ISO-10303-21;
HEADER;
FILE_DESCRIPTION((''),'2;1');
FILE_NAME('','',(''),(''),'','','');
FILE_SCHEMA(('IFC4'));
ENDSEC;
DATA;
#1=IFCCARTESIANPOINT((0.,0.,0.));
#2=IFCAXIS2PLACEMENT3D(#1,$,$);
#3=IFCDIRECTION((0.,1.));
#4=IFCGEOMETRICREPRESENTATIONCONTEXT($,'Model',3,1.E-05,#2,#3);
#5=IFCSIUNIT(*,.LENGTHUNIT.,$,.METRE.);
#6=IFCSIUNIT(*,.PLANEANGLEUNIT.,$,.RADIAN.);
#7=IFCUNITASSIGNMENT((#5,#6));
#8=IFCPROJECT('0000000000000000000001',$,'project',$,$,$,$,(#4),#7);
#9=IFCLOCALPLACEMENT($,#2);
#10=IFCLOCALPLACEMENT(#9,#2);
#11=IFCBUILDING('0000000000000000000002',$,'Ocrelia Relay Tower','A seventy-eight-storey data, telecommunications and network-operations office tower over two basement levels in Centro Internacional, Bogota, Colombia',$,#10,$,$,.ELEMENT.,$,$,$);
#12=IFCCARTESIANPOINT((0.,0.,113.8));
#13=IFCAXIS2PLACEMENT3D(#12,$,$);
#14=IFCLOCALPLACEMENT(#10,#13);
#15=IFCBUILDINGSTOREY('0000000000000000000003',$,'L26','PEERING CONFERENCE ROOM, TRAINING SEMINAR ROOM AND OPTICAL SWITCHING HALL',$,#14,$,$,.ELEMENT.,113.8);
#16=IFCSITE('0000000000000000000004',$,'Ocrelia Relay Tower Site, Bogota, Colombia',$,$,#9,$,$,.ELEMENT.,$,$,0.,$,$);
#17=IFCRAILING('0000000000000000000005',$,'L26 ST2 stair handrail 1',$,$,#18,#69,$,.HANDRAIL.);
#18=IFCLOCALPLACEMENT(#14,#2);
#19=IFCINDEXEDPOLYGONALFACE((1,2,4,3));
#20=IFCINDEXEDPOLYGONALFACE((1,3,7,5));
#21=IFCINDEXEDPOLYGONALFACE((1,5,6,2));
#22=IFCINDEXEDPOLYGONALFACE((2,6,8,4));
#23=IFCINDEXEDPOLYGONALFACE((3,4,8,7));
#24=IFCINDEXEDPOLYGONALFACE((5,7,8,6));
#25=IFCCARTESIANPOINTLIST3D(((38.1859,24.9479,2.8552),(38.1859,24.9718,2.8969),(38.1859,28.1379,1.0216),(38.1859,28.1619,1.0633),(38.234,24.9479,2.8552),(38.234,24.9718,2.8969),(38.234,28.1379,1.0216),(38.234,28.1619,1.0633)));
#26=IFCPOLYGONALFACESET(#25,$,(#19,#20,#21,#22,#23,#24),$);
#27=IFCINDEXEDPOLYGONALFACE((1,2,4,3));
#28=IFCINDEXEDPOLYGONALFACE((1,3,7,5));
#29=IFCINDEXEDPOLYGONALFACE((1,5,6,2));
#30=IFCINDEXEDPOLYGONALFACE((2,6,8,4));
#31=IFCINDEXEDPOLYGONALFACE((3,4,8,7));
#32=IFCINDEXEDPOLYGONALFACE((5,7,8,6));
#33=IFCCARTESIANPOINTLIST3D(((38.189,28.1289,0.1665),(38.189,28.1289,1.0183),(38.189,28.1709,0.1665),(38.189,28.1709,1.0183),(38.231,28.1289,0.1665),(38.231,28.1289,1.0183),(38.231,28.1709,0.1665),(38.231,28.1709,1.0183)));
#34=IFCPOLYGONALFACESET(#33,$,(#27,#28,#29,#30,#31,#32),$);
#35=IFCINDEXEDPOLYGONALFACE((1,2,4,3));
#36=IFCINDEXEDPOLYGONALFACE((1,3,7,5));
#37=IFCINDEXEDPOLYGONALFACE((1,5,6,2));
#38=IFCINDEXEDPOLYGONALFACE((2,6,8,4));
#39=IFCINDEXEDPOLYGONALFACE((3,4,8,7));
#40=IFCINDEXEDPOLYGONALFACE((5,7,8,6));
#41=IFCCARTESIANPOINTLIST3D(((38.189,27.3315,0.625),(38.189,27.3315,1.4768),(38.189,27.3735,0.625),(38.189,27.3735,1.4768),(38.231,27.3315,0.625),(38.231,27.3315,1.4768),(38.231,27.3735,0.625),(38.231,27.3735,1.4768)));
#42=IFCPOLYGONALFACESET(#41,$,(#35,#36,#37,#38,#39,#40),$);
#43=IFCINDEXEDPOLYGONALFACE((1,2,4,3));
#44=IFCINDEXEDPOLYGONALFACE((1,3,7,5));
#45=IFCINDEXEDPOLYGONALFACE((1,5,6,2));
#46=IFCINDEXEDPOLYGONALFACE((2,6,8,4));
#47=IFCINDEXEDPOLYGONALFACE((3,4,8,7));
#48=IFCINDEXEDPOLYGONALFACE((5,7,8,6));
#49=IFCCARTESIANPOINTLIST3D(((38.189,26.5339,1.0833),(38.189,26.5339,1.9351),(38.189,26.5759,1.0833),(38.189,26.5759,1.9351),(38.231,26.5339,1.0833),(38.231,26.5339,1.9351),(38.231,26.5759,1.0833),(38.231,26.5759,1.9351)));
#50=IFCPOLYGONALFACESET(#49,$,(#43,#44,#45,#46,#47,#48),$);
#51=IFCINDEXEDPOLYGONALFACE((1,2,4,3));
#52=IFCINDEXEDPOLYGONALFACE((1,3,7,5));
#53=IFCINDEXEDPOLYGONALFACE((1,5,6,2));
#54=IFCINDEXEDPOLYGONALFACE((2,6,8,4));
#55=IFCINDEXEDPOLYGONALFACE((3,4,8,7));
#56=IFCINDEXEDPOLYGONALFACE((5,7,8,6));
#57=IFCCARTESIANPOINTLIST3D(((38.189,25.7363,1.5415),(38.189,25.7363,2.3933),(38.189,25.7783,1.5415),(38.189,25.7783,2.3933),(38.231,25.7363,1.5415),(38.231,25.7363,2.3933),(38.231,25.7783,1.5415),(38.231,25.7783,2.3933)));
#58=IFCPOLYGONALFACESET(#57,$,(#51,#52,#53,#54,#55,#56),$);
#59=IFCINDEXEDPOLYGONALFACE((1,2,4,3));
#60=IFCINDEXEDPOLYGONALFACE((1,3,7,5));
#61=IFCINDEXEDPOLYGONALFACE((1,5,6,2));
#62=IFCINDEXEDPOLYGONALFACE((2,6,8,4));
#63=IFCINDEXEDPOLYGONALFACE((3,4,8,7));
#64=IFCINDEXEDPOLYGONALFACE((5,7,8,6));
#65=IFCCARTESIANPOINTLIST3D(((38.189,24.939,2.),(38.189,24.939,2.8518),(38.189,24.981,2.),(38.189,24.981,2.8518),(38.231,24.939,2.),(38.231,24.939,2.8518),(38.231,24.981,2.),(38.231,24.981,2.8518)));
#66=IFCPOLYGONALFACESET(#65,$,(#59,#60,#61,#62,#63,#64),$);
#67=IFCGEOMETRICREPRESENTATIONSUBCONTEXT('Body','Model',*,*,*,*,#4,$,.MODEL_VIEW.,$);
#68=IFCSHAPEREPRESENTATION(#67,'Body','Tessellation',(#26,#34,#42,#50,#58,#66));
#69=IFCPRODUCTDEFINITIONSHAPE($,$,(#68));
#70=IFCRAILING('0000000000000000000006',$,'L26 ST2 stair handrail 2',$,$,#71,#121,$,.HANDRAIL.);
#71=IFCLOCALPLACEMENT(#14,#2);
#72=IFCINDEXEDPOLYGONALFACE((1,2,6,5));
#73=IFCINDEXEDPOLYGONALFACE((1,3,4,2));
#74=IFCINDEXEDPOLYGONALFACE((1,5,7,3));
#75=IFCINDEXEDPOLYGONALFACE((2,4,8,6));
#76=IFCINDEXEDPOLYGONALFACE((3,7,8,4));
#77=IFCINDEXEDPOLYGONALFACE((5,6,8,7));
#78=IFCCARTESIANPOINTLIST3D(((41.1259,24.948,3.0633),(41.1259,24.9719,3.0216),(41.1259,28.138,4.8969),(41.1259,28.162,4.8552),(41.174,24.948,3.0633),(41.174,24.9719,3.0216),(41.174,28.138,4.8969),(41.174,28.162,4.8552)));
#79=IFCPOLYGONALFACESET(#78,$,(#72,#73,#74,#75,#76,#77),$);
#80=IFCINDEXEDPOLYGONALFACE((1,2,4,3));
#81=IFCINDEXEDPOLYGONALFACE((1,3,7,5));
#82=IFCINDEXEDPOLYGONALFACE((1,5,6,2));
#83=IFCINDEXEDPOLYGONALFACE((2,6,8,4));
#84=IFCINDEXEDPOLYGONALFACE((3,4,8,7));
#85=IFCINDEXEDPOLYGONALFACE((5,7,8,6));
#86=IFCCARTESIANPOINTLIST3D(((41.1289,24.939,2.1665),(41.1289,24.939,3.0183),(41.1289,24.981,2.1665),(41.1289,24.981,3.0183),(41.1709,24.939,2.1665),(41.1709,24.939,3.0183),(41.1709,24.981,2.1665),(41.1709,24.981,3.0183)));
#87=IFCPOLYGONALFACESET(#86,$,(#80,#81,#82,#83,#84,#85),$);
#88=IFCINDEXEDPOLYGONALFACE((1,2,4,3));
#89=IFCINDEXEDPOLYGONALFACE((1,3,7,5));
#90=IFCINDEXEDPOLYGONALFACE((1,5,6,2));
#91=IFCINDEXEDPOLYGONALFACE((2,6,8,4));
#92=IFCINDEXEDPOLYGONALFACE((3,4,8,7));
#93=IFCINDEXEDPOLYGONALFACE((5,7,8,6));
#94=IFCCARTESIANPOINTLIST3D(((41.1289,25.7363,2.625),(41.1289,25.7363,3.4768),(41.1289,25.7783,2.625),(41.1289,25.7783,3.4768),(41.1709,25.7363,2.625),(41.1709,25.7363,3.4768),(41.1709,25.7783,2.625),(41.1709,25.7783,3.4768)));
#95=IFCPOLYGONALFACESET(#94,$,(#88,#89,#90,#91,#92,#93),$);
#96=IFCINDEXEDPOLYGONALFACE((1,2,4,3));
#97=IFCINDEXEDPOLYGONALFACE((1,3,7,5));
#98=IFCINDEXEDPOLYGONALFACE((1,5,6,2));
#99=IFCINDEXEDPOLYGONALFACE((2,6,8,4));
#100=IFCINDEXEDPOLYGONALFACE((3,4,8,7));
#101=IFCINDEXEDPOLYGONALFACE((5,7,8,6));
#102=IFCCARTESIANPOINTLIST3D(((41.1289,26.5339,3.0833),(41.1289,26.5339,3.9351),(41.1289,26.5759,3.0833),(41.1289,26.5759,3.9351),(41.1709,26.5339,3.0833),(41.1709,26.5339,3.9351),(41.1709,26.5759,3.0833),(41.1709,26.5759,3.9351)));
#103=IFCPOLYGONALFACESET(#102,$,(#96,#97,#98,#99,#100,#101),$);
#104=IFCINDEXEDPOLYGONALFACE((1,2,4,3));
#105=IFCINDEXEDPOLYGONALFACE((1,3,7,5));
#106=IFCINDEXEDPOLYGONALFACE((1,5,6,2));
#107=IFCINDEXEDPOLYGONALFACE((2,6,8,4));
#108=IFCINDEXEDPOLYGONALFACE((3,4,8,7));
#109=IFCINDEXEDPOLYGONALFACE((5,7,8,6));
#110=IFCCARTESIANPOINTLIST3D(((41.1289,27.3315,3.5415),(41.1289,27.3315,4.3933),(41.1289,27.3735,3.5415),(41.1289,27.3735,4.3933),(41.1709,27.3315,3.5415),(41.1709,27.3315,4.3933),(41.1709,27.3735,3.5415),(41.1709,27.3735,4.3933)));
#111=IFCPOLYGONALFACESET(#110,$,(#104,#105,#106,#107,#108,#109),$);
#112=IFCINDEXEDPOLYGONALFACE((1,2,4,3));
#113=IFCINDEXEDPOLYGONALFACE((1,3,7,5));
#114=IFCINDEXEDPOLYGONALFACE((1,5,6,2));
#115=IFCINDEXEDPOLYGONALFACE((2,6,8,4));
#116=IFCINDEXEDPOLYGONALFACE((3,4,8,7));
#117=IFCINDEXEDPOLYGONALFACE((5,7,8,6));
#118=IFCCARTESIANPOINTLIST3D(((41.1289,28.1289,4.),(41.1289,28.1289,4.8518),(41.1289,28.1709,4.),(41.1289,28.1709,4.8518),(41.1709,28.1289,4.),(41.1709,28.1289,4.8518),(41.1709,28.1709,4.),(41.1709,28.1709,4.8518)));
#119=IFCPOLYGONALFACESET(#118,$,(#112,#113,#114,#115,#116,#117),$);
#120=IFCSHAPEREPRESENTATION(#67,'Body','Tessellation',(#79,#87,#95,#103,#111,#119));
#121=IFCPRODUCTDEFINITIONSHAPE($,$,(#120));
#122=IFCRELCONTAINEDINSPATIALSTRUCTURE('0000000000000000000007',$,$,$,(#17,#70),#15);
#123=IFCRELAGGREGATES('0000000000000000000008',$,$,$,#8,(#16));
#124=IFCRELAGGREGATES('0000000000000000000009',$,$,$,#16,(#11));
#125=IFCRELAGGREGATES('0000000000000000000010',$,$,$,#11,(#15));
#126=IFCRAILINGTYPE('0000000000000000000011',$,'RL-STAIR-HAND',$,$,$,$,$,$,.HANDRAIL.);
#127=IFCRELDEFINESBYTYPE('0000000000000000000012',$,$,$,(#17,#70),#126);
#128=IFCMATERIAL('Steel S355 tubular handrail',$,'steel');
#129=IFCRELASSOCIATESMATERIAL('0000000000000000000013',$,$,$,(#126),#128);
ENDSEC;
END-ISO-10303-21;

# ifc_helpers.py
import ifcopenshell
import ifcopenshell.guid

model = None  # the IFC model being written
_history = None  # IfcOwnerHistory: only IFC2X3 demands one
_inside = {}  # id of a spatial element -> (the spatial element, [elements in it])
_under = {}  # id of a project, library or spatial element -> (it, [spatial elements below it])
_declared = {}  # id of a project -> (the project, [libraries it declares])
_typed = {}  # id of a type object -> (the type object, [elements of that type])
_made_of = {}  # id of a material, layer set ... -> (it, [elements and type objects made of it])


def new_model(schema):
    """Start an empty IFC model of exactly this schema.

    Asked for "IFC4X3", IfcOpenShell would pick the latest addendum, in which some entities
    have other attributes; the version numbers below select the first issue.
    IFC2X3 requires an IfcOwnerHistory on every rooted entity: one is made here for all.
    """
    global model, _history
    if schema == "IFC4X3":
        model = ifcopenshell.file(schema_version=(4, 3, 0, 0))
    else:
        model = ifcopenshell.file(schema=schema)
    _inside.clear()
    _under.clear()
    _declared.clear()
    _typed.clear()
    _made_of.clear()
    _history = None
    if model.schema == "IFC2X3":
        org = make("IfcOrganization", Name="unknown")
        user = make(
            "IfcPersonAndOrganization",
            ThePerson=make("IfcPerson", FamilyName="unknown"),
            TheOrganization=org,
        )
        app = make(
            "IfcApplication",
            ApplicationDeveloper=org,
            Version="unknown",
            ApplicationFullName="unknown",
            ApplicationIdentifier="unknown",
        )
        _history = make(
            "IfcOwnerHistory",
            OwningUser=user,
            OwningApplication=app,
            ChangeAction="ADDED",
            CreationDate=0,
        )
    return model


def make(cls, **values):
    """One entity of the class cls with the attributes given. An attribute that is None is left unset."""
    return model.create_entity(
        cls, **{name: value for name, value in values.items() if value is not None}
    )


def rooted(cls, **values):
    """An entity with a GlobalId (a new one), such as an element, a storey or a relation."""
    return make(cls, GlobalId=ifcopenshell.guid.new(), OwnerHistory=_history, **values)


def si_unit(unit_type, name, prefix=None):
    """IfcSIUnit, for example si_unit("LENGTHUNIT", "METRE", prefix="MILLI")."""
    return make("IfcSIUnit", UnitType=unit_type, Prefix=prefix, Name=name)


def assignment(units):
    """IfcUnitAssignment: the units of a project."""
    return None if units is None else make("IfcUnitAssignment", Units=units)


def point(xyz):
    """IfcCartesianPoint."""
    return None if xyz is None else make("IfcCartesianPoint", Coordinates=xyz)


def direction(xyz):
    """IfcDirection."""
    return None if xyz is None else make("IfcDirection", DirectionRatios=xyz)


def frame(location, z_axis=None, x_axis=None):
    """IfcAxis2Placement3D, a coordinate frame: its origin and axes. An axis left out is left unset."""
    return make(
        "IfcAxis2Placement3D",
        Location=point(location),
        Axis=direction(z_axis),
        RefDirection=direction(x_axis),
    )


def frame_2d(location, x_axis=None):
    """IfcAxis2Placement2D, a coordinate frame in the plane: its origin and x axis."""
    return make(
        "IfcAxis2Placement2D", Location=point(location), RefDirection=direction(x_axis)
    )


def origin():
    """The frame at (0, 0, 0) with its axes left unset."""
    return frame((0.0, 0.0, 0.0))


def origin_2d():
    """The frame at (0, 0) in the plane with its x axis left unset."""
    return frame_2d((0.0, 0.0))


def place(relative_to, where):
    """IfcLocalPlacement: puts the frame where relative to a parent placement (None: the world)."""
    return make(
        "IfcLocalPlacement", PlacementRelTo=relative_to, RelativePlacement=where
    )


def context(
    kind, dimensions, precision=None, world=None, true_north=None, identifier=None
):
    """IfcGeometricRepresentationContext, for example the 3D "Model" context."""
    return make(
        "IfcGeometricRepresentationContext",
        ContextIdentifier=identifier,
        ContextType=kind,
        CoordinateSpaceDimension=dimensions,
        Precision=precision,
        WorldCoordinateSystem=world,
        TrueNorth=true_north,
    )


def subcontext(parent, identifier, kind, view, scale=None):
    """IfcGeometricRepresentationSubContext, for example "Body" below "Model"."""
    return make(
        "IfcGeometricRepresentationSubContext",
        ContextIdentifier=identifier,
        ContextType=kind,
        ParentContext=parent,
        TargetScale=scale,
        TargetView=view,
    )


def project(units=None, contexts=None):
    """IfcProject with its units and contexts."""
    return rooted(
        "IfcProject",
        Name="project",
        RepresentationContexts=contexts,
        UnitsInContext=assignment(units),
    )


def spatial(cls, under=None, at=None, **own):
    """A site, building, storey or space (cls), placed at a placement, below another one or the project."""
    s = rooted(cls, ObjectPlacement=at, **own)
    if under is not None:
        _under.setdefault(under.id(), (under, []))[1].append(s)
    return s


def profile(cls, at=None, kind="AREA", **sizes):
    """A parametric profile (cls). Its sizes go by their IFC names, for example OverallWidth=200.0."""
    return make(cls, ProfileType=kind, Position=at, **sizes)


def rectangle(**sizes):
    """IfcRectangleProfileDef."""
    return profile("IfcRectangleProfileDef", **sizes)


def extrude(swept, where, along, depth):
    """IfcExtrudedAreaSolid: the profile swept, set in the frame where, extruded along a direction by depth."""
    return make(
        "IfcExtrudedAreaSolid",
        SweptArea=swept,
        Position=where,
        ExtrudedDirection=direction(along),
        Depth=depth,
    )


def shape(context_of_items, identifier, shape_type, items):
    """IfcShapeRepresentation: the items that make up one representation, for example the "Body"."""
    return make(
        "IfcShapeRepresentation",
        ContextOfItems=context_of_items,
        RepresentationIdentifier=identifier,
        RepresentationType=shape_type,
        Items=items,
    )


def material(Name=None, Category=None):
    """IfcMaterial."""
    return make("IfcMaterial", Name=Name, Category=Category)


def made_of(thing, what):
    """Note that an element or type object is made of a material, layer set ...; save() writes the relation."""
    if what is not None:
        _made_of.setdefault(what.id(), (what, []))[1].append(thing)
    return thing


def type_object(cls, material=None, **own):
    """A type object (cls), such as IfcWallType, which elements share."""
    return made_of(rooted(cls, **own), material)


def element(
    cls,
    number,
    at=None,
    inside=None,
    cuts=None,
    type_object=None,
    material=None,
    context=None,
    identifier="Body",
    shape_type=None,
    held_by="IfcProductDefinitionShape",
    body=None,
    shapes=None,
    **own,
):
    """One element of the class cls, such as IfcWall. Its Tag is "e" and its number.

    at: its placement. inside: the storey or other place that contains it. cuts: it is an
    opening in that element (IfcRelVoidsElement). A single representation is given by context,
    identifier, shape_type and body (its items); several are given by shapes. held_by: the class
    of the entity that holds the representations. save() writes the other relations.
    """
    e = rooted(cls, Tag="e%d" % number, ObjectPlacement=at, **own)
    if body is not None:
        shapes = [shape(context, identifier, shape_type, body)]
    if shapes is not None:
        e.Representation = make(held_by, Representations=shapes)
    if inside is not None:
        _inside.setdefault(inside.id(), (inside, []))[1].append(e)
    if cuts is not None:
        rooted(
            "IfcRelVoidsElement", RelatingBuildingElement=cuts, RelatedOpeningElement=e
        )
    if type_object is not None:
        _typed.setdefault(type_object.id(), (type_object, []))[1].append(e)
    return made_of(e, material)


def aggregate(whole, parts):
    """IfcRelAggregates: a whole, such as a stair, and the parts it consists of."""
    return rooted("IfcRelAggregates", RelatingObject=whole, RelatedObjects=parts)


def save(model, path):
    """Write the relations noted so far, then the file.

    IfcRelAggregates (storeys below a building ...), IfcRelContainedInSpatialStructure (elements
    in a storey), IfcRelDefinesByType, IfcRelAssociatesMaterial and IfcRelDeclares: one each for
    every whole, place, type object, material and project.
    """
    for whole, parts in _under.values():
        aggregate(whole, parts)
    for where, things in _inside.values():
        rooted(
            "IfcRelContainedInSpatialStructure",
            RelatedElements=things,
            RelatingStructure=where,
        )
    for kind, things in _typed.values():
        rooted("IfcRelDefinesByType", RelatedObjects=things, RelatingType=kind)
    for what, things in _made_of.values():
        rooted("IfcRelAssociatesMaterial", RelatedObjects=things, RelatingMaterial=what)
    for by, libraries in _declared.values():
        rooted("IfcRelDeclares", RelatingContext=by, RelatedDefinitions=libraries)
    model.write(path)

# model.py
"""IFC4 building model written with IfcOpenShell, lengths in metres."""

from ifc_helpers import new_model, si_unit, direction, frame, origin, origin_2d, place, context, subcontext, project, spatial, rectangle, extrude, material, type_object, element, save


model = new_model("IFC4")

# Units and contexts
model_context = context("Model", 3, precision=1e-05, world=origin(), true_north=direction((0.0, 1.0)))
body_context = subcontext(model_context, "Body", "Model", "MODEL_VIEW")
ifc_project = project(units=[si_unit("LENGTHUNIT", "METRE"), si_unit("PLANEANGLEUNIT", "RADIAN")], contexts=[model_context])

# Site, building, storey
site_placement = place(None, origin())
site = spatial("IfcSite", under=ifc_project, at=site_placement, Name="Ocrelia Relay Tower Site, Bogota, Colombia", CompositionType="ELEMENT", RefElevation=0.0)
building_placement = place(site_placement, origin())
building = spatial("IfcBuilding", under=site, at=building_placement, Name="Ocrelia Relay Tower", Description="A seventy-eight-storey data, telecommunications and network-operations office tower over two basement levels in Centro Internacional, Bogota, Colombia", CompositionType="ELEMENT")
storey_placement = place(building_placement, frame((0.0, 0.0, 113.8)))
storey = spatial("IfcBuildingStorey", under=building, at=storey_placement, Name="L26", Description="PEERING CONFERENCE ROOM, TRAINING SEMINAR ROOM AND OPTICAL SWITCHING HALL", CompositionType="ELEMENT", Elevation=113.8)

# Railings
ifc_material_1 = material(Name="Steel S355 tubular handrail", Category="steel")
railing_type_1 = type_object("IfcRailingType", Name="RL-STAIR-HAND", PredefinedType="HANDRAIL", material=ifc_material_1)
railing_1_placement = place(storey_placement, frame((38.21, 28.1499, 0.1665)))
element("IfcRailing", 1, at=railing_1_placement, inside=storey, type_object=railing_type_1, Name="L26 ST2 stair handrail 1", PredefinedType="HANDRAIL", context=body_context, shape_type="SweptSolid", body=[
    extrude(rectangle(XDim=0.0481, YDim=0.0481, at=origin_2d()), frame((0.0, 0.0, 0.876), z_axis=(0.0, -0.866991, 0.498324), x_axis=(1.0, 0.0, 0.0)), (0.0, 0.0, 1.0), 3.6794),
    extrude(rectangle(XDim=0.042, YDim=0.042, at=origin_2d()), origin(), (0.0, 0.0, 1.0), 0.8518),
    extrude(rectangle(XDim=0.042, YDim=0.042, at=origin_2d()), frame((0.0, -0.7974, 0.4585)), (0.0, 0.0, 1.0), 0.8518),
    extrude(rectangle(XDim=0.042, YDim=0.042, at=origin_2d()), frame((0.0, -1.595, 0.9167)), (0.0, 0.0, 1.0), 0.8518),
    extrude(rectangle(XDim=0.042, YDim=0.042, at=origin_2d()), frame((0.0, -2.3926, 1.375)), (0.0, 0.0, 1.0), 0.8518),
    extrude(rectangle(XDim=0.042, YDim=0.042, at=origin_2d()), frame((0.0, -3.1899, 1.8335)), (0.0, 0.0, 1.0), 0.8518),
])
railing_2_placement = place(storey_placement, frame((41.1499, 24.96, 2.1665)))
element("IfcRailing", 2, at=railing_2_placement, inside=storey, type_object=railing_type_1, Name="L26 ST2 stair handrail 2", PredefinedType="HANDRAIL", context=body_context, shape_type="SweptSolid", body=[
    extrude(rectangle(XDim=0.0481, YDim=0.0481, at=origin_2d()), frame((0.0, 0.0, 0.876), z_axis=(0.0, 0.866991, 0.498324), x_axis=(-1.0, 0.0, 0.0)), (0.0, 0.0, 1.0), 3.6794),
    extrude(rectangle(XDim=0.042, YDim=0.042, at=origin_2d()), origin(), (0.0, 0.0, 1.0), 0.8518),
    extrude(rectangle(XDim=0.042, YDim=0.042, at=origin_2d()), frame((0.0, 0.7974, 0.4585)), (0.0, 0.0, 1.0), 0.8518),
    extrude(rectangle(XDim=0.042, YDim=0.042, at=origin_2d()), frame((0.0, 1.595, 0.9167)), (0.0, 0.0, 1.0), 0.8518),
    extrude(rectangle(XDim=0.042, YDim=0.042, at=origin_2d()), frame((0.0, 2.3926, 1.375)), (0.0, 0.0, 1.0), 0.8518),
    extrude(rectangle(XDim=0.042, YDim=0.042, at=origin_2d()), frame((0.0, 3.1899, 1.8335)), (0.0, 0.0, 1.0), 0.8518),
])

save(model, "model.ifc")
